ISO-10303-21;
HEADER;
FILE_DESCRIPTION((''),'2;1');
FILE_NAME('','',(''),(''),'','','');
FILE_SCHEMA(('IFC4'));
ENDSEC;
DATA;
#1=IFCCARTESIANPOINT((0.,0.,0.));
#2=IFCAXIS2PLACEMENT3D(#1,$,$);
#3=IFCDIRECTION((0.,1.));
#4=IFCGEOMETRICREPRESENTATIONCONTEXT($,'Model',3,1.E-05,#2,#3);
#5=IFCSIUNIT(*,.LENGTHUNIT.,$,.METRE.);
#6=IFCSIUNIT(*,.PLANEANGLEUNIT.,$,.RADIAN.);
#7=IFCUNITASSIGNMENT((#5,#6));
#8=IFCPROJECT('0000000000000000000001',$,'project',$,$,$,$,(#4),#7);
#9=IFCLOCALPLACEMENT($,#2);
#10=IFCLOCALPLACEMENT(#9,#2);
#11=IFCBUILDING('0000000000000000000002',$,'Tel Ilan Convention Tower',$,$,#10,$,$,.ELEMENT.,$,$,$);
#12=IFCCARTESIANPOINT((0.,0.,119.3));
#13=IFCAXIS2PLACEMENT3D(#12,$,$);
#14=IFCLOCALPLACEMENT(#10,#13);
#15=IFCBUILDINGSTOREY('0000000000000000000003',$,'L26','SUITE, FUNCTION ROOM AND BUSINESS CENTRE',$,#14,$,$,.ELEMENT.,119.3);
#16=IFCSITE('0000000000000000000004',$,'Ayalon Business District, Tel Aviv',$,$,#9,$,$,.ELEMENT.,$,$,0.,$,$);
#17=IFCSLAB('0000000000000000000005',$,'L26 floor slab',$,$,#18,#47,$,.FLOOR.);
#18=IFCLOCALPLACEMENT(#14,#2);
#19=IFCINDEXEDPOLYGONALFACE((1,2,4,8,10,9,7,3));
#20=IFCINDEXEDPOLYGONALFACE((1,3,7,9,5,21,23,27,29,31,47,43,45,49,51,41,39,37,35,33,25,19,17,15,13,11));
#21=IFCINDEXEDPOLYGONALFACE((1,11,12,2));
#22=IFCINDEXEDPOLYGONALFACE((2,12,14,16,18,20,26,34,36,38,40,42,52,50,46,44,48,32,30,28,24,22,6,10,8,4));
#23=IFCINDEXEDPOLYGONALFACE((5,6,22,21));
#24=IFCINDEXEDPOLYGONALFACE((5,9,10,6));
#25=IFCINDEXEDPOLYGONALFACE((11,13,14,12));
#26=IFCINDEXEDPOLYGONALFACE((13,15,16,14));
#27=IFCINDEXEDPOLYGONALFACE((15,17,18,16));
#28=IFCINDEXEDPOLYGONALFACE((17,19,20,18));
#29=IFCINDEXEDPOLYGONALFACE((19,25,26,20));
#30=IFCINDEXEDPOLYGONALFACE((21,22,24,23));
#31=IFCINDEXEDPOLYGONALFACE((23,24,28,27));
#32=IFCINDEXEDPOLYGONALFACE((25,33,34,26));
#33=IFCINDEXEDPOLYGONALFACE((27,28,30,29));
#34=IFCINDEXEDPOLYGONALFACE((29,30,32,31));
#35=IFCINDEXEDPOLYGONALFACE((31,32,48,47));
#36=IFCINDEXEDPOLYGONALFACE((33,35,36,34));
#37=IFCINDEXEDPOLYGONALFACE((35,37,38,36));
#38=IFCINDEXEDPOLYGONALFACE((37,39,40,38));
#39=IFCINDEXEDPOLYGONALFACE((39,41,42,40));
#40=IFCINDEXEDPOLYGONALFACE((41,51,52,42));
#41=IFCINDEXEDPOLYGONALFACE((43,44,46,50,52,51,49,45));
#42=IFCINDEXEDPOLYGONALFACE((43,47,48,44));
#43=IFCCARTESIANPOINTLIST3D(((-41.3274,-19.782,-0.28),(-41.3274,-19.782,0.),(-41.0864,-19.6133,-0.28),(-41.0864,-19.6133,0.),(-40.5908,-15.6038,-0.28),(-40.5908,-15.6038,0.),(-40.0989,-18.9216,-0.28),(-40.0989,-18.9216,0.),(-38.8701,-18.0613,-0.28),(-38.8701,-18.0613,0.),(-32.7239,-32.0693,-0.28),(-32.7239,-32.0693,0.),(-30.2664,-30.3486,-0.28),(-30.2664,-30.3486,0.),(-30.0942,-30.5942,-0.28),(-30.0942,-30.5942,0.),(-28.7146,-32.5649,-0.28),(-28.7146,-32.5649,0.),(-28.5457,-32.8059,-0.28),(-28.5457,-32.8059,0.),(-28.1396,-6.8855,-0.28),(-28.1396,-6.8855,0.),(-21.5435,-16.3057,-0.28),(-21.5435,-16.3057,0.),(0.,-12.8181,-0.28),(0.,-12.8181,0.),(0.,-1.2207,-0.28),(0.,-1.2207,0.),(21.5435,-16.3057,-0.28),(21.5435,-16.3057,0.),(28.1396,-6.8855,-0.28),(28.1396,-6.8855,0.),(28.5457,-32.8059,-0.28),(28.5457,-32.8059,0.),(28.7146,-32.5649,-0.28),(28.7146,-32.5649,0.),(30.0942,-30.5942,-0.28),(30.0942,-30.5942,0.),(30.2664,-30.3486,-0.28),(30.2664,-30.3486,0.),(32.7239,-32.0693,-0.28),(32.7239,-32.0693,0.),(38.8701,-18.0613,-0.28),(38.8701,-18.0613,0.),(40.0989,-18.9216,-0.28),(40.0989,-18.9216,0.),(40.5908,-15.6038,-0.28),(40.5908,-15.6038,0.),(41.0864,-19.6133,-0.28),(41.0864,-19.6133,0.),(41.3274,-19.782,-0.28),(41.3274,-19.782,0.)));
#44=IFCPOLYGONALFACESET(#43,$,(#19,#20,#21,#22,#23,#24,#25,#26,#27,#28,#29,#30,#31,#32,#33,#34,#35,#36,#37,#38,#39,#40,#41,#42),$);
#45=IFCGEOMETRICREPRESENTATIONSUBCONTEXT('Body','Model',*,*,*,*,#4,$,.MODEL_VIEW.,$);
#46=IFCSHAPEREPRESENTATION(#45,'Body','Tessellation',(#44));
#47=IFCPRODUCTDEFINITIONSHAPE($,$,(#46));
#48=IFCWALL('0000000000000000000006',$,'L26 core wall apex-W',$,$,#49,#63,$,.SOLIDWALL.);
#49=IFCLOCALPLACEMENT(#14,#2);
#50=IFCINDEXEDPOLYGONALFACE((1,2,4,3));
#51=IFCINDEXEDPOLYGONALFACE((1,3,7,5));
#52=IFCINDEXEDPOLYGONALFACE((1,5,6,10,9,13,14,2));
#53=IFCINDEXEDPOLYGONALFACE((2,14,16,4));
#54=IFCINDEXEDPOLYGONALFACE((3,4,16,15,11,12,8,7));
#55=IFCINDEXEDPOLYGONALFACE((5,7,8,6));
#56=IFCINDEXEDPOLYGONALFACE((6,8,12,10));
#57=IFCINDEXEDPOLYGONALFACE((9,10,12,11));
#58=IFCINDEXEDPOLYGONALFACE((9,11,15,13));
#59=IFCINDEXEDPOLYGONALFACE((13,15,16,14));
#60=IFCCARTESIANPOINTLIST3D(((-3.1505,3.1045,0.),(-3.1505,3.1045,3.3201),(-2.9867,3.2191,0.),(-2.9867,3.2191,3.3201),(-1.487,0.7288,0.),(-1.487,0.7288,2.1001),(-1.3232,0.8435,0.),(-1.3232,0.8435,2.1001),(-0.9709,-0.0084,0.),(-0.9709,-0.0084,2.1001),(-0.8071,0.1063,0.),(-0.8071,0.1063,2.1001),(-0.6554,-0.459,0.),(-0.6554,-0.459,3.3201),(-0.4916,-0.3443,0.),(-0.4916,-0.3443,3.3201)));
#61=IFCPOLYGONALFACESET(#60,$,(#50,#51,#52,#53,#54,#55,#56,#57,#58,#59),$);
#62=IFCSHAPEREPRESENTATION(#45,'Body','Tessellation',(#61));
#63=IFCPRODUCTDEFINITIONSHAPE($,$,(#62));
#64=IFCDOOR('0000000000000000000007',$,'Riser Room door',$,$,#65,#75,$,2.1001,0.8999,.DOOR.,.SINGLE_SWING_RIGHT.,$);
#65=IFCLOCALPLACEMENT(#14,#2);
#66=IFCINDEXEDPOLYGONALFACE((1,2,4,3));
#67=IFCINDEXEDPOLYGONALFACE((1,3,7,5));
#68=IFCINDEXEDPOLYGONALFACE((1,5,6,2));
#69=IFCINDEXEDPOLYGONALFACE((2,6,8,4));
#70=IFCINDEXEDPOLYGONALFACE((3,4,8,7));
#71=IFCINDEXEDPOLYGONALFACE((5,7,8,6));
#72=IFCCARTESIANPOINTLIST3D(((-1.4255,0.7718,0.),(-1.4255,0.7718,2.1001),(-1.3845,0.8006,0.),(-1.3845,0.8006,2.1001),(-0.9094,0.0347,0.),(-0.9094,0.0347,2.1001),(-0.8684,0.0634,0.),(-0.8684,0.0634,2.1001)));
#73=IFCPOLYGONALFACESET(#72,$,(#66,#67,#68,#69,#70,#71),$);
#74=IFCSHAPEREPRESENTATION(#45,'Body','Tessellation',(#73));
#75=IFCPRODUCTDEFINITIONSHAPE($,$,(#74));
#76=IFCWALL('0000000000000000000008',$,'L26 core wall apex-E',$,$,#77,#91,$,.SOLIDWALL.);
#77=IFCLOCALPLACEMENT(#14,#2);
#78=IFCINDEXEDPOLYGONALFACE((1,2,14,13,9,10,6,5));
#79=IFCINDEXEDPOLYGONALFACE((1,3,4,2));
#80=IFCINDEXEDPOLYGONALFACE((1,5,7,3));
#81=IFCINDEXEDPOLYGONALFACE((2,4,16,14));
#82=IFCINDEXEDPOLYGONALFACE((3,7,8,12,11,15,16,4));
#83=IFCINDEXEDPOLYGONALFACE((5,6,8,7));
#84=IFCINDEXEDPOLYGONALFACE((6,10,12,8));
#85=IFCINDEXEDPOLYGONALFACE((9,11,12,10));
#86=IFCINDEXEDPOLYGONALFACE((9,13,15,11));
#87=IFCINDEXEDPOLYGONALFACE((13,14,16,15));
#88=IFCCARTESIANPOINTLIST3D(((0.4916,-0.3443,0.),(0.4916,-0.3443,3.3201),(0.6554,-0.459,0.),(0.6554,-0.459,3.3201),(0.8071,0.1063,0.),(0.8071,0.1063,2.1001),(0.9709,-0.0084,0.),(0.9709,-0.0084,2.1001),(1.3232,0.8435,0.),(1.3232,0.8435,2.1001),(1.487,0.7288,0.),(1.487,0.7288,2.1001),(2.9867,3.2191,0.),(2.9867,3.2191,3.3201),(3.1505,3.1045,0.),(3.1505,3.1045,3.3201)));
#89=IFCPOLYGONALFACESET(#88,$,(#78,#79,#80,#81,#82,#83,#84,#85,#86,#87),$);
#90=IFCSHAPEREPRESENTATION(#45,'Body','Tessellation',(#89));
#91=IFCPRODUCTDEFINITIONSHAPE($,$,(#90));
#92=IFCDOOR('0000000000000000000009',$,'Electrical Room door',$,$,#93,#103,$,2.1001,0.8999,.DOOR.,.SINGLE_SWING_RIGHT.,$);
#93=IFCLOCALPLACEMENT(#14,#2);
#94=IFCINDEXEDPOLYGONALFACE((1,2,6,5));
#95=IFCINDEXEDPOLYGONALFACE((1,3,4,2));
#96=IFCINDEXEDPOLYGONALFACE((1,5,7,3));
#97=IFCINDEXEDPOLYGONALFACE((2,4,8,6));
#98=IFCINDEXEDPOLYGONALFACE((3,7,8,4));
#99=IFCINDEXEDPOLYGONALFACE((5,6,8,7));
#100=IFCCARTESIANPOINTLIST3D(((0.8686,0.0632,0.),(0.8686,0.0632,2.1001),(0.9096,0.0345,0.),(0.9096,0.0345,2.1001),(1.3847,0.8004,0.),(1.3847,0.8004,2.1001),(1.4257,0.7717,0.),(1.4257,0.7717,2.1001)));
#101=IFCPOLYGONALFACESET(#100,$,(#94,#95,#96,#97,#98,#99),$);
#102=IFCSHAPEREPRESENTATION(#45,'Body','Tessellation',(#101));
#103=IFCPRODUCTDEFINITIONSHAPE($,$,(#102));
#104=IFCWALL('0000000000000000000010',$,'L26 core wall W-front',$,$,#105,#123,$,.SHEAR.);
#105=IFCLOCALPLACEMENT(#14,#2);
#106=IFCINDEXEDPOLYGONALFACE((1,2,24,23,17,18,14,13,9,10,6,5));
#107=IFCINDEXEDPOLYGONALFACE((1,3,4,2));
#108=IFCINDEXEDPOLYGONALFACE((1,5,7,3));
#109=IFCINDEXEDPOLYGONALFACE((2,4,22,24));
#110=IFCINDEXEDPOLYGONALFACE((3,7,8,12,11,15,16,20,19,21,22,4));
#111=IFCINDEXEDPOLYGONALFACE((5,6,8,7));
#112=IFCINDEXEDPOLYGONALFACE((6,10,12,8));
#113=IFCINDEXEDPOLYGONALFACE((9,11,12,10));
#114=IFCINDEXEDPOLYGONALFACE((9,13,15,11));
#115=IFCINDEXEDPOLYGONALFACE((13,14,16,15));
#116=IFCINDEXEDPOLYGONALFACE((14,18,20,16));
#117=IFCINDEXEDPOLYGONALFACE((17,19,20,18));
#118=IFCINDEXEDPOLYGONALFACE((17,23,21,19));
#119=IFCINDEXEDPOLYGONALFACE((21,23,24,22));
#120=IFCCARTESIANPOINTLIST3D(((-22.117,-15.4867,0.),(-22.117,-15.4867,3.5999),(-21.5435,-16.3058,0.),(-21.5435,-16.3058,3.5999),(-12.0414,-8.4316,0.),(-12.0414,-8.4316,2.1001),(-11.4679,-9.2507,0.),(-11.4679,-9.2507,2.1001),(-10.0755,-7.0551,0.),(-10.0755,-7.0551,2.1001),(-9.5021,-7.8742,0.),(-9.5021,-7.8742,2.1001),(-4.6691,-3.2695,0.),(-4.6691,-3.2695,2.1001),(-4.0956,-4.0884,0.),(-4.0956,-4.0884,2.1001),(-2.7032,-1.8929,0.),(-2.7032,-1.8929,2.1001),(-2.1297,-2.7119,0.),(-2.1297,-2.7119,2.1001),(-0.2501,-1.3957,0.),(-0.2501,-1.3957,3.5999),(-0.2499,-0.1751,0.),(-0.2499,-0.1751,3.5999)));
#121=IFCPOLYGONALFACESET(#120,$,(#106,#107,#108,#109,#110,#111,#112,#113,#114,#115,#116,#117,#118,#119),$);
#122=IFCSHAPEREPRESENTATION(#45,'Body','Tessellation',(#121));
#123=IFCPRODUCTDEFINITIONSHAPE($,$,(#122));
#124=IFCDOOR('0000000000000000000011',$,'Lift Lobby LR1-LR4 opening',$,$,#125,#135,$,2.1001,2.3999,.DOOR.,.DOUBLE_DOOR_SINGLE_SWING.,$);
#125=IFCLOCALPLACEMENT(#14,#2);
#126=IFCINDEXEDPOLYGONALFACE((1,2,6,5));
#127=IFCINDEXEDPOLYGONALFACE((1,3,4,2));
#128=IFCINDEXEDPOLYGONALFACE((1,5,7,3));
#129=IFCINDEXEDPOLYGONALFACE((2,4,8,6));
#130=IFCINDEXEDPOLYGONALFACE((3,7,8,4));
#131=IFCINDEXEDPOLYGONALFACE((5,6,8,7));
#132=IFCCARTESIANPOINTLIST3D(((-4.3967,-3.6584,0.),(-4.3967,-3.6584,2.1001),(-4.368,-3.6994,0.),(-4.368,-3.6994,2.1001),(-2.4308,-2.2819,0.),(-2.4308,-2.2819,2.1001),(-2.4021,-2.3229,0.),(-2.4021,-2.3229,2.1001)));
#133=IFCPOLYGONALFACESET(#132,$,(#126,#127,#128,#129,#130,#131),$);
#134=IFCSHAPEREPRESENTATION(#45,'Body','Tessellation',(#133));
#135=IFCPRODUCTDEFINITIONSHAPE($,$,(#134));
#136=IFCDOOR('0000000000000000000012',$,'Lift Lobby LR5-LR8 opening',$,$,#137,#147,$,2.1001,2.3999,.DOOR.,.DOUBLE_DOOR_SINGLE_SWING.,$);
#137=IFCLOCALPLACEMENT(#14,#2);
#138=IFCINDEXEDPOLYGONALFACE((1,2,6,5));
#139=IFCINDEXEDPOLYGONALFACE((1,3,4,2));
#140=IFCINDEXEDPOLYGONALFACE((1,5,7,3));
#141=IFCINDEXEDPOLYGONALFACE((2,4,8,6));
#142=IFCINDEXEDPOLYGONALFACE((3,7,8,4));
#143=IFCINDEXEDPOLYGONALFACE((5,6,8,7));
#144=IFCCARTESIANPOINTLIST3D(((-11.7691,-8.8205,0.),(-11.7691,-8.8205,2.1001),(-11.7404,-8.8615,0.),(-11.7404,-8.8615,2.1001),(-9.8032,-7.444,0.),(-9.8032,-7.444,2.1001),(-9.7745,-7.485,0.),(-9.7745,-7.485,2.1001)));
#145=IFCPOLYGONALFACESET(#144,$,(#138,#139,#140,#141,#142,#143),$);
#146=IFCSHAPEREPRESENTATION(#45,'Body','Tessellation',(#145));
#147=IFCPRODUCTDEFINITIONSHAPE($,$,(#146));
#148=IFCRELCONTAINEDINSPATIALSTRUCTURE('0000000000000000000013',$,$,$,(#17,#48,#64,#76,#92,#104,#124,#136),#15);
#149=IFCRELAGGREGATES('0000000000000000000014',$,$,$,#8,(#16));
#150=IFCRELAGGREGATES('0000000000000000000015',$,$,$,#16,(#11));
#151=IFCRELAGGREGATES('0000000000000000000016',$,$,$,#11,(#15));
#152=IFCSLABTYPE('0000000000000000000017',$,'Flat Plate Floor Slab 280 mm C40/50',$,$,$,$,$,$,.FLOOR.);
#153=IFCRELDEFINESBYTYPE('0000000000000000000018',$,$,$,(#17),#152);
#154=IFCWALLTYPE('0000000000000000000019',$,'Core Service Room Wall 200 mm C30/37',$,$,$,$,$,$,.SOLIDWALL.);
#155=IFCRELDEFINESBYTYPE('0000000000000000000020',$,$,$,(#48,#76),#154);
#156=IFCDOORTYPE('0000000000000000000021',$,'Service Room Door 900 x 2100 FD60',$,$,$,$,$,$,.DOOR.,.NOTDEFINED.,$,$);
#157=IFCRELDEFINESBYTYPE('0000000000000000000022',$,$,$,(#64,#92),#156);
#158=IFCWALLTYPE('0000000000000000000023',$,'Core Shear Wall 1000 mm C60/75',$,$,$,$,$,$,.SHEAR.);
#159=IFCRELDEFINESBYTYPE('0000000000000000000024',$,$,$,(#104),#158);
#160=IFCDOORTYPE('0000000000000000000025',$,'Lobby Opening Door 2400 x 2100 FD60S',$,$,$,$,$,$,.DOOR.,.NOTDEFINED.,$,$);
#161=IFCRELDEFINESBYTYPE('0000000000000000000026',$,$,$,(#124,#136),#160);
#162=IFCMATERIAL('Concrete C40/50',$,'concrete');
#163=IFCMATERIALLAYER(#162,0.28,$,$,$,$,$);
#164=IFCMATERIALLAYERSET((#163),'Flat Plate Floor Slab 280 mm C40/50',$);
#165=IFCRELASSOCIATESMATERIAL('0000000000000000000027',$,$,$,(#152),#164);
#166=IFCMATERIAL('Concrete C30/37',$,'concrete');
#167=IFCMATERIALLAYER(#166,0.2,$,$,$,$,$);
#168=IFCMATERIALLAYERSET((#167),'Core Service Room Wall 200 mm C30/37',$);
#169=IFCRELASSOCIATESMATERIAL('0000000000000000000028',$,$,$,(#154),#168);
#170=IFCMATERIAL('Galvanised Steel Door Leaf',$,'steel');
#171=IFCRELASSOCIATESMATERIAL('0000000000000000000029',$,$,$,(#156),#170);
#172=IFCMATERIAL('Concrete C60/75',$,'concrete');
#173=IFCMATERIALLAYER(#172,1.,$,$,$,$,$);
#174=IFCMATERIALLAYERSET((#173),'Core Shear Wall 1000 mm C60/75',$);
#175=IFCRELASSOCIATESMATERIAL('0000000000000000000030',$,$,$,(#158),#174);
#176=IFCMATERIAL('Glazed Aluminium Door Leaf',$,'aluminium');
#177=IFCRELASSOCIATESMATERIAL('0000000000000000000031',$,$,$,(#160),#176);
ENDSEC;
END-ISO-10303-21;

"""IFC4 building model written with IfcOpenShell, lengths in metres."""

from ifc_helpers import new_model, si_unit, direction, frame, frame_2d, origin, place, context, subcontext, project, spatial, polyline, rectangle, outline, extrude, material, layer, layer_set, type_object, element, fill, save


model = new_model("IFC4")

# Units and contexts
model_context = context("Model", 3, precision=1e-05, world=origin(), true_north=direction((0.0, 1.0)))
body_context = subcontext(model_context, "Body", "Model", "MODEL_VIEW")
ifc_project = project(units=[si_unit("LENGTHUNIT", "METRE"), si_unit("PLANEANGLEUNIT", "RADIAN")], contexts=[model_context])

# Site, building, storey
site_placement = place(None, origin())
site = spatial("IfcSite", under=ifc_project, at=site_placement, Name="Ayalon Business District, Tel Aviv", CompositionType="ELEMENT", RefElevation=0.0)
building_placement = place(site_placement, origin())
building = spatial("IfcBuilding", under=site, at=building_placement, Name="Tel Ilan Convention Tower", CompositionType="ELEMENT")
storey_placement = place(building_placement, frame((0.0, 0.0, 119.3)))
storey = spatial("IfcBuildingStorey", under=building, at=storey_placement, Name="L26", Description="SUITE, FUNCTION ROOM AND BUSINESS CENTRE", CompositionType="ELEMENT", Elevation=119.3)

# Slab
ifc_material_1 = material(Name="Concrete C40/50", Category="concrete")
ifc_layer_1 = layer(ifc_material_1, 0.28)
ifc_layer_set_1 = layer_set([ifc_layer_1], Name="Flat Plate Floor Slab 280 mm C40/50")
slab_type_1 = type_object("IfcSlabType", Name="Flat Plate Floor Slab 280 mm C40/50", PredefinedType="FLOOR", material=ifc_layer_set_1)
slab_1_placement = place(storey_placement, frame((0.0, 0.0, -0.28)))
element("IfcSlab", 1, at=slab_1_placement, inside=storey, type_object=slab_type_1, Name="L26 floor slab", PredefinedType="FLOOR", context=body_context, shape_type="SweptSolid", body=[
    extrude(outline(polyline([(41.0864, -19.6133), (41.3274, -19.782), (32.7239, -32.0693), (30.2664, -30.3486), (30.0942, -30.5942), (28.7146, -32.5649), (28.5457, -32.8059), (0.0, -12.8181), (-28.5457, -32.8059), (-28.7146, -32.5649), (-30.0942, -30.5942), (-30.2664, -30.3486), (-32.7239, -32.0693), (-41.3274, -19.782), (-41.0864, -19.6133), (-40.0989, -18.9216), (-38.8701, -18.0613), (-40.5908, -15.6038), (-28.1396, -6.8855), (-21.5435, -16.3057), (0.0, -1.2207), (21.5435, -16.3057), (28.1396, -6.8855), (40.5908, -15.6038), (38.8701, -18.0613), (40.0989, -18.9216), (41.0864, -19.6133)])), origin(), (0.0, 0.0, 1.0), 0.28),
])

# Walls, openings, doors
ifc_material_2 = material(Name="Concrete C30/37", Category="concrete")
ifc_layer_2 = layer(ifc_material_2, 0.2)
ifc_layer_set_2 = layer_set([ifc_layer_2], Name="Core Service Room Wall 200 mm C30/37")
wall_type_1 = type_object("IfcWallType", Name="Core Service Room Wall 200 mm C30/37", PredefinedType="SOLIDWALL", material=ifc_layer_set_2)
wall_1_placement = place(storey_placement, frame((-0.5735, -0.4016, 0.0), z_axis=(0.0, 0.0, 1.0), x_axis=(-0.573568, 0.819158, 0.0)))
wall_1 = element("IfcWall", 2, at=wall_1_placement, inside=storey, type_object=wall_type_1, Name="L26 core wall apex-W", PredefinedType="SOLIDWALL", context=body_context, shape_type="SweptSolid", body=[
    extrude(rectangle(XDim=4.3501, YDim=0.2, at=frame_2d((2.175, 0.0))), origin(), (0.0, 0.0, 1.0), 3.3201),
])
opening_1_placement = place(wall_1_placement, frame((0.55, 0.0, 0.0)))
opening_1 = element("IfcOpeningElement", 3, at=opening_1_placement, cuts=wall_1, PredefinedType="OPENING", context=body_context, shape_type="SweptSolid", body=[
    extrude(rectangle(XDim=0.8999, YDim=2.1001, at=frame_2d((0.45, 1.05))), frame((0.0, 0.1099, 0.0), z_axis=(0.0, -1.0, 0.0), x_axis=(1.0, 0.0, 0.0)), (0.0, 0.0, 1.0), 0.22),
])
ifc_material_3 = material(Name="Galvanised Steel Door Leaf", Category="steel")
door_type_1 = type_object("IfcDoorType", Name="Service Room Door 900 x 2100 FD60", OperationType="NOTDEFINED", PredefinedType="DOOR", material=ifc_material_3)
door_1_placement = place(opening_1_placement, origin())
door_1 = element("IfcDoor", 4, at=door_1_placement, inside=storey, type_object=door_type_1, Name="Riser Room door", OperationType="SINGLE_SWING_RIGHT", OverallHeight=2.1001, OverallWidth=0.8999, PredefinedType="DOOR", context=body_context, shape_type="SweptSolid", body=[
    extrude(rectangle(XDim=0.8999, YDim=2.1001, at=frame_2d((0.45, 1.05))), frame((0.0, 0.0249, 0.0), z_axis=(0.0, -1.0, 0.0), x_axis=(1.0, 0.0, 0.0)), (0.0, 0.0, 1.0), 0.05),
])
fill(opening_1, door_1)
wall_2_placement = place(storey_placement, frame((0.5735, -0.4016, 0.0), z_axis=(0.0, 0.0, 1.0), x_axis=(0.573568, 0.819158, 0.0)))
wall_2 = element("IfcWall", 5, at=wall_2_placement, inside=storey, type_object=wall_type_1, Name="L26 core wall apex-E", PredefinedType="SOLIDWALL", context=body_context, shape_type="SweptSolid", body=[
    extrude(rectangle(XDim=4.3501, YDim=0.2, at=frame_2d((2.175, 0.0))), origin(), (0.0, 0.0, 1.0), 3.3201),
])
opening_2_placement = place(wall_2_placement, frame((0.55, 0.0, 0.0)))
opening_2 = element("IfcOpeningElement", 6, at=opening_2_placement, cuts=wall_2, PredefinedType="OPENING", context=body_context, shape_type="SweptSolid", body=[
    extrude(rectangle(XDim=0.8999, YDim=2.1001, at=frame_2d((0.45, 1.05))), frame((0.0, 0.1099, 0.0), z_axis=(0.0, -1.0, 0.0), x_axis=(1.0, 0.0, 0.0)), (0.0, 0.0, 1.0), 0.22),
])
door_2_placement = place(opening_2_placement, origin())
door_2 = element("IfcDoor", 7, at=door_2_placement, inside=storey, type_object=door_type_1, Name="Electrical Room door", OperationType="SINGLE_SWING_RIGHT", OverallHeight=2.1001, OverallWidth=0.8999, PredefinedType="DOOR", context=body_context, shape_type="SweptSolid", body=[
    extrude(rectangle(XDim=0.8999, YDim=2.1001, at=frame_2d((0.45, 1.05))), frame((0.0, 0.0249, 0.0), z_axis=(0.0, -1.0, 0.0), x_axis=(1.0, 0.0, 0.0)), (0.0, 0.0, 1.0), 0.05),
])
fill(opening_2, door_2)

# Wall, openings, doors
ifc_material_4 = material(Name="Concrete C60/75", Category="concrete")
ifc_layer_3 = layer(ifc_material_4, 1.0)
ifc_layer_set_3 = layer_set([ifc_layer_3], Name="Core Shear Wall 1000 mm C60/75")
wall_type_2 = type_object("IfcWallType", Name="Core Shear Wall 1000 mm C60/75", PredefinedType="SHEAR", material=ifc_layer_set_3)
wall_3_placement = place(storey_placement, frame((0.0369, -0.5847, 0.0), z_axis=(0.0, 0.0, 1.0), x_axis=(-0.819157, -0.573569, 0.0)))
wall_3 = element("IfcWall", 8, at=wall_3_placement, inside=storey, type_object=wall_type_2, Name="L26 core wall W-front", PredefinedType="SHEAR", context=body_context, shape_type="SweptSolid", body=[
    extrude(outline(polyline([(26.6948, 0.5002), (0.7002, 0.4998), (0.0, -0.5), (26.6948, -0.4998), (26.6948, 0.5002)])), origin(), (0.0, 0.0, 1.0), 3.5999),
])
opening_3_placement = place(wall_3_placement, frame((2.9949, 0.0, 0.0)))
opening_3 = element("IfcOpeningElement", 9, at=opening_3_placement, cuts=wall_3, PredefinedType="OPENING", context=body_context, shape_type="SweptSolid", body=[
    extrude(rectangle(XDim=2.3999, YDim=2.1001, at=frame_2d((1.2, 1.05))), frame((0.0, 0.51, 0.0), z_axis=(0.0, -1.0, 0.0), x_axis=(1.0, 0.0, 0.0)), (0.0, 0.0, 1.0), 1.02),
])
opening_4_placement = place(wall_3_placement, frame((11.9949, 0.0, 0.0)))
opening_4 = element("IfcOpeningElement", 10, at=opening_4_placement, cuts=wall_3, PredefinedType="OPENING", context=body_context, shape_type="SweptSolid", body=[
    extrude(rectangle(XDim=2.3999, YDim=2.1001, at=frame_2d((1.2, 1.05))), frame((0.0, 0.51, 0.0), z_axis=(0.0, -1.0, 0.0), x_axis=(1.0, 0.0, 0.0)), (0.0, 0.0, 1.0), 1.02),
])
ifc_material_5 = material(Name="Glazed Aluminium Door Leaf", Category="aluminium")
door_type_2 = type_object("IfcDoorType", Name="Lobby Opening Door 2400 x 2100 FD60S", OperationType="NOTDEFINED", PredefinedType="DOOR", material=ifc_material_5)
door_3_placement = place(opening_3_placement, origin())
door_3 = element("IfcDoor", 11, at=door_3_placement, inside=storey, type_object=door_type_2, Name="Lift Lobby LR1-LR4 opening", OperationType="DOUBLE_DOOR_SINGLE_SWING", OverallHeight=2.1001, OverallWidth=2.3999, PredefinedType="DOOR", context=body_context, shape_type="SweptSolid", body=[
    extrude(rectangle(XDim=2.3999, YDim=2.1001, at=frame_2d((1.2, 1.05))), frame((0.0, 0.0249, 0.0), z_axis=(0.0, -1.0, 0.0), x_axis=(1.0, 0.0, 0.0)), (0.0, 0.0, 1.0), 0.05),
])
fill(opening_3, door_3)
door_4_placement = place(opening_4_placement, origin())
door_4 = element("IfcDoor", 12, at=door_4_placement, inside=storey, type_object=door_type_2, Name="Lift Lobby LR5-LR8 opening", OperationType="DOUBLE_DOOR_SINGLE_SWING", OverallHeight=2.1001, OverallWidth=2.3999, PredefinedType="DOOR", context=body_context, shape_type="SweptSolid", body=[
    extrude(rectangle(XDim=2.3999, YDim=2.1001, at=frame_2d((1.2, 1.05))), frame((0.0, 0.0249, 0.0), z_axis=(0.0, -1.0, 0.0), x_axis=(1.0, 0.0, 0.0)), (0.0, 0.0, 1.0), 0.05),
])
fill(opening_4, door_4)

save(model, "model.ifc")
